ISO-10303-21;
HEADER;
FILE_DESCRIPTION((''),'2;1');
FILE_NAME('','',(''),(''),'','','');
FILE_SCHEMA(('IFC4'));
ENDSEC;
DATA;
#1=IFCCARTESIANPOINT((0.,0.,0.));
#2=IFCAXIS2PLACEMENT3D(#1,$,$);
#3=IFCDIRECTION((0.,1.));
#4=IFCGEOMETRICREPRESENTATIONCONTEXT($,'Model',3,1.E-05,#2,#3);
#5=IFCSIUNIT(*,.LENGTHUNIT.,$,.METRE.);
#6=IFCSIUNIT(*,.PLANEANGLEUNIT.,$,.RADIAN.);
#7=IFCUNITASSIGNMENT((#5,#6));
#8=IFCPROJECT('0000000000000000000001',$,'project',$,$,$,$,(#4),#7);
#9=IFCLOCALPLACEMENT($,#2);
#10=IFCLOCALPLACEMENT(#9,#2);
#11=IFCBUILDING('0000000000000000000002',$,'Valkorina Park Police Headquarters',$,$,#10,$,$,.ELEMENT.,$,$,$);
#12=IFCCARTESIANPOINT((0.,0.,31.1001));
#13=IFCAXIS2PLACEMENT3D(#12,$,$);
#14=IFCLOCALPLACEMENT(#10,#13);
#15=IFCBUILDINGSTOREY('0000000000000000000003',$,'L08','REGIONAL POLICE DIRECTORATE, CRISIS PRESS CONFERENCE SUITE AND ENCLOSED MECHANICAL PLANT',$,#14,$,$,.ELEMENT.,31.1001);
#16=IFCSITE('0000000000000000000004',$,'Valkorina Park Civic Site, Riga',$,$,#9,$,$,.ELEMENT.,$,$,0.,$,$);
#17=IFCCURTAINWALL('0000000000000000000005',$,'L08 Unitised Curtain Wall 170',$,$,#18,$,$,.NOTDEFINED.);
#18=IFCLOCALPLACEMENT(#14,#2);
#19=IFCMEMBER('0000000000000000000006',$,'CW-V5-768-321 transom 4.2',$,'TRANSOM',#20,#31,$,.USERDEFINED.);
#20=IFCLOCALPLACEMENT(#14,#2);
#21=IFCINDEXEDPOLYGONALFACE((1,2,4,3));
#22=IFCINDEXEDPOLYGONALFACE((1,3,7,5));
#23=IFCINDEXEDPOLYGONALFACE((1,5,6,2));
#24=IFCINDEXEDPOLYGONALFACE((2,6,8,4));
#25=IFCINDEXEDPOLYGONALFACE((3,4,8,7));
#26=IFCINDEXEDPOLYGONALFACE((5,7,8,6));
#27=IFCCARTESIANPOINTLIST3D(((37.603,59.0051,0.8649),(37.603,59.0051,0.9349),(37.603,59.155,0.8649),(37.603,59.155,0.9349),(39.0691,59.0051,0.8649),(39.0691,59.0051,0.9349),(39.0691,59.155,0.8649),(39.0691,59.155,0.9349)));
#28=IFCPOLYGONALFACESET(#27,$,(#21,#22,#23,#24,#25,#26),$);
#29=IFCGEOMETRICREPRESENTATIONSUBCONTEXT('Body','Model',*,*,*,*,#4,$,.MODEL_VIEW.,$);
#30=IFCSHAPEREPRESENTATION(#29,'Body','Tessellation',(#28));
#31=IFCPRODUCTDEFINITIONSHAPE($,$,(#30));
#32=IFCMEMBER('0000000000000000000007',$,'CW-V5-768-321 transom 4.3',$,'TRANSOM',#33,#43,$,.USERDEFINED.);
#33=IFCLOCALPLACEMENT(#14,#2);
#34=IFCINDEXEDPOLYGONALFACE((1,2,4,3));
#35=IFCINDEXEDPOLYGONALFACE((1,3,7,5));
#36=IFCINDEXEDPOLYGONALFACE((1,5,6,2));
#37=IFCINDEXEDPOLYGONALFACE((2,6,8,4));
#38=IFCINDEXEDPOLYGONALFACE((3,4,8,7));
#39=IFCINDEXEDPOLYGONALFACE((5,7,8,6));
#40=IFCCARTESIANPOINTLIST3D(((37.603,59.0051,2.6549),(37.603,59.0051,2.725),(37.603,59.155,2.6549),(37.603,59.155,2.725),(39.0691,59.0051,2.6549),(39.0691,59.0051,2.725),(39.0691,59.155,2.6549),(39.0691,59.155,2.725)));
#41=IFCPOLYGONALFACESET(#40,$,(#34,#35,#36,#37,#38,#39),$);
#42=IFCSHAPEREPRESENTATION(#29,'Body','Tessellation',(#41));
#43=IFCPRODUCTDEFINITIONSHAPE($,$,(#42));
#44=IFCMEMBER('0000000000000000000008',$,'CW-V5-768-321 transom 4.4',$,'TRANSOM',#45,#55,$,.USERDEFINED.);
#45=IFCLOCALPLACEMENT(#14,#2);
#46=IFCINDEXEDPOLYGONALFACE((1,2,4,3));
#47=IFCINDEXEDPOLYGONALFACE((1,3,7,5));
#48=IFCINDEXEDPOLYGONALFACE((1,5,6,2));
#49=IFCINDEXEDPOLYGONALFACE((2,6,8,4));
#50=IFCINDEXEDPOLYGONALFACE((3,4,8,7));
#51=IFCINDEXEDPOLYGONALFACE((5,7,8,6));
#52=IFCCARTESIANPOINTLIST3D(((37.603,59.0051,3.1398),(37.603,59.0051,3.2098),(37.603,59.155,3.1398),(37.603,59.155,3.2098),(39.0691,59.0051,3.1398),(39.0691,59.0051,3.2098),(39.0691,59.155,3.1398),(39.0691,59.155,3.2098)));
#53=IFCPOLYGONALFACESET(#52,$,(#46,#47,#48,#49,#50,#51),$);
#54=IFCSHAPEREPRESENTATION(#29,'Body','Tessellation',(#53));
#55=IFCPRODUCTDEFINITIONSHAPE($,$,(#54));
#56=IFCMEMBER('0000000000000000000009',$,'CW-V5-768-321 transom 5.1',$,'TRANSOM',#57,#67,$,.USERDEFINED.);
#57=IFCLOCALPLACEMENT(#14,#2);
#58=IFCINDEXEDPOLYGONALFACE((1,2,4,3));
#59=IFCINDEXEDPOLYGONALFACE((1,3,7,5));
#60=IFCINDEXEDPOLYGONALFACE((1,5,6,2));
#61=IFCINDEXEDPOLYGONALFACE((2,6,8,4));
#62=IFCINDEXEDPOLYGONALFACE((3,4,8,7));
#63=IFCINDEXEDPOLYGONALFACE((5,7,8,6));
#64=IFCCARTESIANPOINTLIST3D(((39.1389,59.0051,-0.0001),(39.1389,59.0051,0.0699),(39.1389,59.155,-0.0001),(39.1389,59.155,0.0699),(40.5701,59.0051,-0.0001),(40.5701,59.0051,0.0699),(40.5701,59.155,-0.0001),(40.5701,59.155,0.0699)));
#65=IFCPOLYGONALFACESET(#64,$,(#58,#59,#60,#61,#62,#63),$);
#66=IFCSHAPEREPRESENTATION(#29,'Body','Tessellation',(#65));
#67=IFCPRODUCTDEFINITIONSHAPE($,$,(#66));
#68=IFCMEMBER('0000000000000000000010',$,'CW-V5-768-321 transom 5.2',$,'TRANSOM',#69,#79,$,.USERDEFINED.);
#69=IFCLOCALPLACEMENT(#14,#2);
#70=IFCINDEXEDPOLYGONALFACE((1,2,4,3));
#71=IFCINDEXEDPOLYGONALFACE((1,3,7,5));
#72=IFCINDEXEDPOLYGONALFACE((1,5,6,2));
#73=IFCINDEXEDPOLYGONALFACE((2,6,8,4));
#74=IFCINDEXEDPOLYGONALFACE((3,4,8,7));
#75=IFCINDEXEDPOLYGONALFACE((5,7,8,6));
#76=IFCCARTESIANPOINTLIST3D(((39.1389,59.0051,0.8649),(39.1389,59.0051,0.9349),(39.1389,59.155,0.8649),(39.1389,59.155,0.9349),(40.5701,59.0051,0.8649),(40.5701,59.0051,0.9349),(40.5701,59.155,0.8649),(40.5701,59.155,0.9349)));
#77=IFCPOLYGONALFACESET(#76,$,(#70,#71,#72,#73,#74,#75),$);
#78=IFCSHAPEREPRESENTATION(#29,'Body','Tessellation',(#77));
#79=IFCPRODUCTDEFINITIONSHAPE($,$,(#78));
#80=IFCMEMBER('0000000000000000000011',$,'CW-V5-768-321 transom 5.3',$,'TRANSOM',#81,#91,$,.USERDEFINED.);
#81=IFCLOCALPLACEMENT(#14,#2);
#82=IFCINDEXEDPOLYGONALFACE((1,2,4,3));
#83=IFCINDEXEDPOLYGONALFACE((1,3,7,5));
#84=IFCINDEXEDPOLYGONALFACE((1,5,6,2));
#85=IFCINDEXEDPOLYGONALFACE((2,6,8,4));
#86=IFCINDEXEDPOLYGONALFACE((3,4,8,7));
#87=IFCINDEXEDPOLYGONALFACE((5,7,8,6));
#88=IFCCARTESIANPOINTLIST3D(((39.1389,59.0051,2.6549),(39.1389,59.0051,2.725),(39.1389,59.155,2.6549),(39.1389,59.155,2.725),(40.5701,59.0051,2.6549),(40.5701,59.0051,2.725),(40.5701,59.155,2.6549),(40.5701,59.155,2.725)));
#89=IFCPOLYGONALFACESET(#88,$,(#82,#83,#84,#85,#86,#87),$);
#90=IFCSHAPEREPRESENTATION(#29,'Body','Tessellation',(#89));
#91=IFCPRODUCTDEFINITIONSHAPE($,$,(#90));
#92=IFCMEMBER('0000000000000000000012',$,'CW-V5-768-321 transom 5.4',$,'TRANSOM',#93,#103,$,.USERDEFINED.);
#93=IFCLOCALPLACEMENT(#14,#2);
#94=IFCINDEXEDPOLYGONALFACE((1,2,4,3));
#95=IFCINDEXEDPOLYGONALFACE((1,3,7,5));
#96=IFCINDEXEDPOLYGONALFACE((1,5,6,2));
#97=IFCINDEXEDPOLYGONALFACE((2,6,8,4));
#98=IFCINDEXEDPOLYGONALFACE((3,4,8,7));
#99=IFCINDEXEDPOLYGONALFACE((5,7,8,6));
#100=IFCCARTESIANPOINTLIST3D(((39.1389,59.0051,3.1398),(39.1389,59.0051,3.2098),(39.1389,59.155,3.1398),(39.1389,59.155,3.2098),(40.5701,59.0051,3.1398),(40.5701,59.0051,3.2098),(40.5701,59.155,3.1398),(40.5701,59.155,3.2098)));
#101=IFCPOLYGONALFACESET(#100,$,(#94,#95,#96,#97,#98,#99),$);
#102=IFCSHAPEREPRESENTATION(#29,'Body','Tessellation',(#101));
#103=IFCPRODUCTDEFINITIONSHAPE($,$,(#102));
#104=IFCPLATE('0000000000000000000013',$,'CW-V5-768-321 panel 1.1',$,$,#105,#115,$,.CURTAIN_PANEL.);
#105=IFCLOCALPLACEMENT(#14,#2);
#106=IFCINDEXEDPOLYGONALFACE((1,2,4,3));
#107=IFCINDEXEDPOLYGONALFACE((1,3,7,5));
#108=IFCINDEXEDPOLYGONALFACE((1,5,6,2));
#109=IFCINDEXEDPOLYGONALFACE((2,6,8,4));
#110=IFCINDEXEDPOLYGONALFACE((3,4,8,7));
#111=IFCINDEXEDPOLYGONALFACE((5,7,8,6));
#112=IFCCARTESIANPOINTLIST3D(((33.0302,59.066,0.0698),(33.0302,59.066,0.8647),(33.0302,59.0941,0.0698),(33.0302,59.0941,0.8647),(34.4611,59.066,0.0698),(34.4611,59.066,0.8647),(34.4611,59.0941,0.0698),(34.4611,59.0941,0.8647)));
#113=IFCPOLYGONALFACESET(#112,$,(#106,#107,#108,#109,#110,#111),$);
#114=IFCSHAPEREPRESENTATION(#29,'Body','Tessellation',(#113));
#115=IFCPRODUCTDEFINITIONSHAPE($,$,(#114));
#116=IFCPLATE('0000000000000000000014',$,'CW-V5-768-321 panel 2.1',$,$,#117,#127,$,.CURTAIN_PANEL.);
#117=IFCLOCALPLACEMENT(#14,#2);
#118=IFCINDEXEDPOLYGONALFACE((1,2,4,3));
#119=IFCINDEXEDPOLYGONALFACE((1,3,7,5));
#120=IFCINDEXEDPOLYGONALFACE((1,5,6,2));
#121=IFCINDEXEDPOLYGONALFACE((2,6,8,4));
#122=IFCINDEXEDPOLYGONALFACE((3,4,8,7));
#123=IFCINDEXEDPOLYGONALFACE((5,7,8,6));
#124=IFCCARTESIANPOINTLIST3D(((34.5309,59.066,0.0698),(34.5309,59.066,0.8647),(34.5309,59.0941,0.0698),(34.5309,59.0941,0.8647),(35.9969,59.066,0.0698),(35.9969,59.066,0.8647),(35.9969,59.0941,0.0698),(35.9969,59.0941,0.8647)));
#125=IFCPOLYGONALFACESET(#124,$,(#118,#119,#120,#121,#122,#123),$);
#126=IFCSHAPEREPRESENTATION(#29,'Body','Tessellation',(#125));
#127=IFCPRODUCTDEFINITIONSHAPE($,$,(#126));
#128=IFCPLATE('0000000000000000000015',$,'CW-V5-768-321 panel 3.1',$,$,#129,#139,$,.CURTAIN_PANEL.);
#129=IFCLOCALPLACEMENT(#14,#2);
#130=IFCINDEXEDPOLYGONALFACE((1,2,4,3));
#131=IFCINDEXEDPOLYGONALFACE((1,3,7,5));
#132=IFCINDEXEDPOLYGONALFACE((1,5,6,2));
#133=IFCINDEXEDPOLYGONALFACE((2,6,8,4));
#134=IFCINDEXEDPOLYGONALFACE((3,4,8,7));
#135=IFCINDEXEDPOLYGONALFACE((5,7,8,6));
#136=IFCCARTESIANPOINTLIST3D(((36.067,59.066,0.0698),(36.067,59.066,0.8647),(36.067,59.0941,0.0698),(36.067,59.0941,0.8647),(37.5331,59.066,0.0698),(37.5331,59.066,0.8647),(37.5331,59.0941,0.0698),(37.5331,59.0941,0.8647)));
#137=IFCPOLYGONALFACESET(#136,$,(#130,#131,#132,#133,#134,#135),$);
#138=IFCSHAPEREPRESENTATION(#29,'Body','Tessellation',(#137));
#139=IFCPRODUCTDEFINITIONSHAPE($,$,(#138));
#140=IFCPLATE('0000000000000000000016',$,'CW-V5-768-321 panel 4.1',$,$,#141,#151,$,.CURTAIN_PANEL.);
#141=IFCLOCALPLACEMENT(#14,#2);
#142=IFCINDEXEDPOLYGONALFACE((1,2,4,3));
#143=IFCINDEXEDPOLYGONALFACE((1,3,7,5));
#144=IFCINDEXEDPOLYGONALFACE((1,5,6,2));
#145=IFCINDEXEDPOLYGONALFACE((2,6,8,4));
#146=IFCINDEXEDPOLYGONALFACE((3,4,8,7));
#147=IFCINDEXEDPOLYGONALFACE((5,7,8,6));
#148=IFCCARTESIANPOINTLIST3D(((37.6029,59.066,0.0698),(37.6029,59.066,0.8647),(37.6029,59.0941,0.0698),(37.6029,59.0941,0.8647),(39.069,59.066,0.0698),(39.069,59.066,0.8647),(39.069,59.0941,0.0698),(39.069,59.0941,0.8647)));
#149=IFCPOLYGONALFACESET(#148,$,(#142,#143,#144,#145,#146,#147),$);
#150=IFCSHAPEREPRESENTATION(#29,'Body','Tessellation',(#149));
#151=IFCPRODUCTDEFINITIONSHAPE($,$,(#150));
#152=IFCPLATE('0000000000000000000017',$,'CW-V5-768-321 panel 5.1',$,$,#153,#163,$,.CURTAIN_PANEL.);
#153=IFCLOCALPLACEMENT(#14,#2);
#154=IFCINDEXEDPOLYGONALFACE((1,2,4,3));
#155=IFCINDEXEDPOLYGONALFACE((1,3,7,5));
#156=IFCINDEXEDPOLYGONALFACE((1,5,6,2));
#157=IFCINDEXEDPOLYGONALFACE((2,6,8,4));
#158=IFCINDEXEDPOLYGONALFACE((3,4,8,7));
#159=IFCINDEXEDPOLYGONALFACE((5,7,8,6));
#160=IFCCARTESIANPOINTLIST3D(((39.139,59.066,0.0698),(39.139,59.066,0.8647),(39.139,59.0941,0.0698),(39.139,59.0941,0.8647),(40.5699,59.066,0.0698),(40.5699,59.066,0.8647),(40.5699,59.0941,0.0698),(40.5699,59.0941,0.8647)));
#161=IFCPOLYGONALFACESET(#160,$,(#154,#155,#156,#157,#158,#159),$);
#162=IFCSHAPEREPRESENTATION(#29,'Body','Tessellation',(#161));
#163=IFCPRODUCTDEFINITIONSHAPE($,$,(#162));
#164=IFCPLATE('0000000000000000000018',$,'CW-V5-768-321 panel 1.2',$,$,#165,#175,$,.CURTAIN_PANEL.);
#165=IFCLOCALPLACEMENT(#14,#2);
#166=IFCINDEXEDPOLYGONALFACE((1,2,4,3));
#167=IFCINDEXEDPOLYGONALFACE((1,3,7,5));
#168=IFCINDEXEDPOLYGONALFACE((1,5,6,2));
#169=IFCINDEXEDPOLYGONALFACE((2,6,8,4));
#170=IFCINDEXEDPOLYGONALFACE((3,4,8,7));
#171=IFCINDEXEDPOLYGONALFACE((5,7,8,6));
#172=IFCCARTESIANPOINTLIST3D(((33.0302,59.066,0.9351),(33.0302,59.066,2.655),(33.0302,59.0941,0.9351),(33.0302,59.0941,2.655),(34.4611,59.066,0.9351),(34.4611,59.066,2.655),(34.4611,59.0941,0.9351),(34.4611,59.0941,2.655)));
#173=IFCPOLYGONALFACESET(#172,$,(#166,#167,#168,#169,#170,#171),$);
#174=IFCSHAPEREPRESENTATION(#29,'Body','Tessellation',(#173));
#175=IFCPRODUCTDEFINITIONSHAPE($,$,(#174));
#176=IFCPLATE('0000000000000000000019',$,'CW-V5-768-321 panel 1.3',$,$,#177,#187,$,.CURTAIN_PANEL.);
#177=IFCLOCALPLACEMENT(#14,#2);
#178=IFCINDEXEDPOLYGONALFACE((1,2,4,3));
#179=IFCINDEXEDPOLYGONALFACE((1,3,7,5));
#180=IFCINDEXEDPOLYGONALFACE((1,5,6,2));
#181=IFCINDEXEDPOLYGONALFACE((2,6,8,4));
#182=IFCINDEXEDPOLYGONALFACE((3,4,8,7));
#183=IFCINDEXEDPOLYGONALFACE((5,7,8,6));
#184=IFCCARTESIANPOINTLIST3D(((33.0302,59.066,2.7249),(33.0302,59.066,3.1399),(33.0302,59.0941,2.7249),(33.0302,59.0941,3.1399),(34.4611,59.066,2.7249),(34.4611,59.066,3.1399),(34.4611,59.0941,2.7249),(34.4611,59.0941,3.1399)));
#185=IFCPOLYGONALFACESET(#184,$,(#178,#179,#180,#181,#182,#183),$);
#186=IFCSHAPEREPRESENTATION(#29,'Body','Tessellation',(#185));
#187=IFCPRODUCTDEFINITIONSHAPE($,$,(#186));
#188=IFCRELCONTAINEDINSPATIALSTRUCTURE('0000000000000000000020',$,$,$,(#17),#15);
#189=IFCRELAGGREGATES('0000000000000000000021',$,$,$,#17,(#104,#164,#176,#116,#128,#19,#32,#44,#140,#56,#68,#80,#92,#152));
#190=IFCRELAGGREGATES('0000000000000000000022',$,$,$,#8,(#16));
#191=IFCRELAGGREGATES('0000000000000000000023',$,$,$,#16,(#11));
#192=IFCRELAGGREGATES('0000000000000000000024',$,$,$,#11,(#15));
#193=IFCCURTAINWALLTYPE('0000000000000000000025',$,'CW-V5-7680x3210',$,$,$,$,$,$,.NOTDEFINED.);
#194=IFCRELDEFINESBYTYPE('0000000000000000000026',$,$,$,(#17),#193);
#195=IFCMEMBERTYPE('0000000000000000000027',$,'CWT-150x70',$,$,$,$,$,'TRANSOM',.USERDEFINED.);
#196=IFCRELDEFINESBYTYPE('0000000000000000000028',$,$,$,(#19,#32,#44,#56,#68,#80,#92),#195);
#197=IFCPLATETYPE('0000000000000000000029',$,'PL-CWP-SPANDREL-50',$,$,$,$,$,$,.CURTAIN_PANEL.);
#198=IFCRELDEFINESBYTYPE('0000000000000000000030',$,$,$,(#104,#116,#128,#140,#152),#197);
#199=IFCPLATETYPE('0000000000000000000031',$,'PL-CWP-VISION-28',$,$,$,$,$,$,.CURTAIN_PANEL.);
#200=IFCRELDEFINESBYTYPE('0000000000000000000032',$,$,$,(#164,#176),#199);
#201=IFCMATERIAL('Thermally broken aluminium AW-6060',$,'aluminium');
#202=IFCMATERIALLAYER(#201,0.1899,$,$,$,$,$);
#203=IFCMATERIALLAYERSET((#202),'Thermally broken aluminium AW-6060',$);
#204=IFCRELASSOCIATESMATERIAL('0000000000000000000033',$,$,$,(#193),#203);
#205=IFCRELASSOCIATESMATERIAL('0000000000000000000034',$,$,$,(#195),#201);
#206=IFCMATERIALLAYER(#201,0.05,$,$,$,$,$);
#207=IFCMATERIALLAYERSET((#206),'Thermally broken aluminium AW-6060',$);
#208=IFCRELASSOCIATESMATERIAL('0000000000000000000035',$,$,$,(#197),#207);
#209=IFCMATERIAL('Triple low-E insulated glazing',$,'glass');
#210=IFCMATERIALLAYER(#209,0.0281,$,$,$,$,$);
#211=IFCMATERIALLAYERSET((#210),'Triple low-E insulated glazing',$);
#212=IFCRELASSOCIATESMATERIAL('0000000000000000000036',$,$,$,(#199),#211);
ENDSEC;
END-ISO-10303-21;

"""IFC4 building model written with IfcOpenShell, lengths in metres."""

from ifc_helpers import new_model, si_unit, direction, frame, origin, origin_2d, place, context, subcontext, project, spatial, rectangle, extrude, material, layer, layer_set, material_profile, profile_set, type_object, element, aggregate, save


model = new_model("IFC4")

# Units and contexts
model_context = context("Model", 3, precision=1e-05, world=origin(), true_north=direction((0.0, 1.0)))
body_context = subcontext(model_context, "Body", "Model", "MODEL_VIEW")
ifc_project = project(units=[si_unit("LENGTHUNIT", "METRE"), si_unit("PLANEANGLEUNIT", "RADIAN")], contexts=[model_context])

# Site, building, storey
site_placement = place(None, origin())
site = spatial("IfcSite", under=ifc_project, at=site_placement, Name="Valkorina Park Civic Site, Riga", CompositionType="ELEMENT", RefElevation=0.0)
building_placement = place(site_placement, origin())
building = spatial("IfcBuilding", under=site, at=building_placement, Name="Valkorina Park Police Headquarters", CompositionType="ELEMENT")
storey_placement = place(building_placement, frame((0.0, 0.0, 31.1001)))
storey = spatial("IfcBuildingStorey", under=building, at=storey_placement, Name="L08", Description="REGIONAL POLICE DIRECTORATE, CRISIS PRESS CONFERENCE SUITE AND ENCLOSED MECHANICAL PLANT", CompositionType="ELEMENT", Elevation=31.1001)

# Curtain wall, members, plates
ifc_material_1 = material(Name="Thermally broken aluminium AW-6060", Category="aluminium")
ifc_layer_1 = layer(ifc_material_1, 0.1899)
ifc_layer_set_1 = layer_set([ifc_layer_1], Name="Thermally broken aluminium AW-6060")
curtain_wall_type = type_object("IfcCurtainWallType", Name="CW-V5-7680x3210", PredefinedType="NOTDEFINED", material=ifc_layer_set_1)
curtain_wall_placement = place(storey_placement, origin())
curtain_wall = element("IfcCurtainWall", 1, at=curtain_wall_placement, inside=storey, type_object=curtain_wall_type, Name="L08 Unitised Curtain Wall 170", PredefinedType="NOTDEFINED")
ifc_material_profile_1 = material_profile(ifc_material_1, rectangle(XDim=0.1499, YDim=0.0701, at=origin_2d()), Name="CWT-02 150x70")
ifc_profile_set_1 = profile_set([ifc_material_profile_1], Name="Thermally broken aluminium AW-6060")
member_type_1 = type_object("IfcMemberType", Name="CWT-150x70", ElementType="TRANSOM", PredefinedType="USERDEFINED", material=ifc_profile_set_1)
member_1_placement = place(storey_placement, frame((37.603, 59.0801, 0.8999), z_axis=(1.0, 0.0, 0.0), x_axis=(0.0, 1.0, 0.0)))
member_1 = element("IfcMember", 2, at=member_1_placement, type_object=member_type_1, Name="CW-V5-768-321 transom 4.2", ObjectType="TRANSOM", PredefinedType="USERDEFINED", context=body_context, shape_type="SweptSolid", body=[
    extrude(rectangle(XDim=0.1499, YDim=0.0701, at=origin_2d()), origin(), (0.0, 0.0, 1.0), 1.4661),
])
member_2_placement = place(storey_placement, frame((37.603, 59.0801, 2.6899), z_axis=(1.0, 0.0, 0.0), x_axis=(0.0, 1.0, 0.0)))
member_2 = element("IfcMember", 3, at=member_2_placement, type_object=member_type_1, Name="CW-V5-768-321 transom 4.3", ObjectType="TRANSOM", PredefinedType="USERDEFINED", context=body_context, shape_type="SweptSolid", body=[
    extrude(rectangle(XDim=0.1499, YDim=0.0701, at=origin_2d()), origin(), (0.0, 0.0, 1.0), 1.4661),
])
member_3_placement = place(storey_placement, frame((37.603, 59.0801, 3.1748), z_axis=(1.0, 0.0, 0.0), x_axis=(0.0, 1.0, 0.0)))
member_3 = element("IfcMember", 4, at=member_3_placement, type_object=member_type_1, Name="CW-V5-768-321 transom 4.4", ObjectType="TRANSOM", PredefinedType="USERDEFINED", context=body_context, shape_type="SweptSolid", body=[
    extrude(rectangle(XDim=0.1499, YDim=0.0701, at=origin_2d()), origin(), (0.0, 0.0, 1.0), 1.4661),
])
member_4_placement = place(storey_placement, frame((39.1389, 59.0801, 0.0349), z_axis=(1.0, 0.0, 0.0), x_axis=(0.0, 1.0, 0.0)))
member_4 = element("IfcMember", 5, at=member_4_placement, type_object=member_type_1, Name="CW-V5-768-321 transom 5.1", ObjectType="TRANSOM", PredefinedType="USERDEFINED", context=body_context, shape_type="SweptSolid", body=[
    extrude(rectangle(XDim=0.1499, YDim=0.0701, at=origin_2d()), origin(), (0.0, 0.0, 1.0), 1.4312),
])
member_5_placement = place(storey_placement, frame((39.1389, 59.0801, 0.8999), z_axis=(1.0, 0.0, 0.0), x_axis=(0.0, 1.0, 0.0)))
member_5 = element("IfcMember", 6, at=member_5_placement, type_object=member_type_1, Name="CW-V5-768-321 transom 5.2", ObjectType="TRANSOM", PredefinedType="USERDEFINED", context=body_context, shape_type="SweptSolid", body=[
    extrude(rectangle(XDim=0.1499, YDim=0.0701, at=origin_2d()), origin(), (0.0, 0.0, 1.0), 1.4312),
])
member_6_placement = place(storey_placement, frame((39.1389, 59.0801, 2.6899), z_axis=(1.0, 0.0, 0.0), x_axis=(0.0, 1.0, 0.0)))
member_6 = element("IfcMember", 7, at=member_6_placement, type_object=member_type_1, Name="CW-V5-768-321 transom 5.3", ObjectType="TRANSOM", PredefinedType="USERDEFINED", context=body_context, shape_type="SweptSolid", body=[
    extrude(rectangle(XDim=0.1499, YDim=0.0701, at=origin_2d()), origin(), (0.0, 0.0, 1.0), 1.4312),
])
member_7_placement = place(storey_placement, frame((39.1389, 59.0801, 3.1748), z_axis=(1.0, 0.0, 0.0), x_axis=(0.0, 1.0, 0.0)))
member_7 = element("IfcMember", 8, at=member_7_placement, type_object=member_type_1, Name="CW-V5-768-321 transom 5.4", ObjectType="TRANSOM", PredefinedType="USERDEFINED", context=body_context, shape_type="SweptSolid", body=[
    extrude(rectangle(XDim=0.1499, YDim=0.0701, at=origin_2d()), origin(), (0.0, 0.0, 1.0), 1.4312),
])
ifc_layer_2 = layer(ifc_material_1, 0.05)
ifc_layer_set_2 = layer_set([ifc_layer_2], Name="Thermally broken aluminium AW-6060")
plate_type_1 = type_object("IfcPlateType", Name="PL-CWP-SPANDREL-50", PredefinedType="CURTAIN_PANEL", material=ifc_layer_set_2)
plate_1_placement = place(storey_placement, frame((33.7456, 59.0801, 0.0698), z_axis=(0.0, 0.0, 1.0), x_axis=(1.0, 0.0, 0.0)))
plate_1 = element("IfcPlate", 9, at=plate_1_placement, type_object=plate_type_1, Name="CW-V5-768-321 panel 1.1", PredefinedType="CURTAIN_PANEL", context=body_context, shape_type="SweptSolid", body=[
    extrude(rectangle(XDim=1.4309, YDim=0.0281, at=origin_2d()), origin(), (0.0, 0.0, 1.0), 0.7949),
])
plate_2_placement = place(storey_placement, frame((35.2639, 59.0801, 0.0698), z_axis=(0.0, 0.0, 1.0), x_axis=(1.0, 0.0, 0.0)))
plate_2 = element("IfcPlate", 10, at=plate_2_placement, type_object=plate_type_1, Name="CW-V5-768-321 panel 2.1", PredefinedType="CURTAIN_PANEL", context=body_context, shape_type="SweptSolid", body=[
    extrude(rectangle(XDim=1.4661, YDim=0.0281, at=origin_2d()), origin(), (0.0, 0.0, 1.0), 0.7949),
])
plate_3_placement = place(storey_placement, frame((36.8, 59.0801, 0.0698), z_axis=(0.0, 0.0, 1.0), x_axis=(1.0, 0.0, 0.0)))
plate_3 = element("IfcPlate", 11, at=plate_3_placement, type_object=plate_type_1, Name="CW-V5-768-321 panel 3.1", PredefinedType="CURTAIN_PANEL", context=body_context, shape_type="SweptSolid", body=[
    extrude(rectangle(XDim=1.4661, YDim=0.0281, at=origin_2d()), origin(), (0.0, 0.0, 1.0), 0.7949),
])
plate_4_placement = place(storey_placement, frame((38.3359, 59.0801, 0.0698), z_axis=(0.0, 0.0, 1.0), x_axis=(1.0, 0.0, 0.0)))
plate_4 = element("IfcPlate", 12, at=plate_4_placement, type_object=plate_type_1, Name="CW-V5-768-321 panel 4.1", PredefinedType="CURTAIN_PANEL", context=body_context, shape_type="SweptSolid", body=[
    extrude(rectangle(XDim=1.4661, YDim=0.0281, at=origin_2d()), origin(), (0.0, 0.0, 1.0), 0.7949),
])
plate_5_placement = place(storey_placement, frame((39.8545, 59.0801, 0.0698), z_axis=(0.0, 0.0, 1.0), x_axis=(1.0, 0.0, 0.0)))
plate_5 = element("IfcPlate", 13, at=plate_5_placement, type_object=plate_type_1, Name="CW-V5-768-321 panel 5.1", PredefinedType="CURTAIN_PANEL", context=body_context, shape_type="SweptSolid", body=[
    extrude(rectangle(XDim=1.4309, YDim=0.0281, at=origin_2d()), origin(), (0.0, 0.0, 1.0), 0.7949),
])
ifc_material_2 = material(Name="Triple low-E insulated glazing", Category="glass")
ifc_layer_3 = layer(ifc_material_2, 0.0281)
ifc_layer_set_3 = layer_set([ifc_layer_3], Name="Triple low-E insulated glazing")
plate_type_2 = type_object("IfcPlateType", Name="PL-CWP-VISION-28", PredefinedType="CURTAIN_PANEL", material=ifc_layer_set_3)
plate_6_placement = place(storey_placement, frame((33.7456, 59.0801, 0.9351), z_axis=(0.0, 0.0, 1.0), x_axis=(1.0, 0.0, 0.0)))
plate_6 = element("IfcPlate", 14, at=plate_6_placement, type_object=plate_type_2, Name="CW-V5-768-321 panel 1.2", PredefinedType="CURTAIN_PANEL", context=body_context, shape_type="SweptSolid", body=[
    extrude(rectangle(XDim=1.4309, YDim=0.0281, at=origin_2d()), origin(), (0.0, 0.0, 1.0), 1.72),
])
plate_7_placement = place(storey_placement, frame((33.7456, 59.0801, 2.7249), z_axis=(0.0, 0.0, 1.0), x_axis=(1.0, 0.0, 0.0)))
plate_7 = element("IfcPlate", 15, at=plate_7_placement, type_object=plate_type_2, Name="CW-V5-768-321 panel 1.3", PredefinedType="CURTAIN_PANEL", context=body_context, shape_type="SweptSolid", body=[
    extrude(rectangle(XDim=1.4309, YDim=0.0281, at=origin_2d()), origin(), (0.0, 0.0, 1.0), 0.415),
])
aggregate(curtain_wall, [plate_1, plate_6, plate_7, plate_2, plate_3, member_1, member_2, member_3, plate_4, member_4, member_5, member_6, member_7, plate_5])

save(model, "model.ifc")
